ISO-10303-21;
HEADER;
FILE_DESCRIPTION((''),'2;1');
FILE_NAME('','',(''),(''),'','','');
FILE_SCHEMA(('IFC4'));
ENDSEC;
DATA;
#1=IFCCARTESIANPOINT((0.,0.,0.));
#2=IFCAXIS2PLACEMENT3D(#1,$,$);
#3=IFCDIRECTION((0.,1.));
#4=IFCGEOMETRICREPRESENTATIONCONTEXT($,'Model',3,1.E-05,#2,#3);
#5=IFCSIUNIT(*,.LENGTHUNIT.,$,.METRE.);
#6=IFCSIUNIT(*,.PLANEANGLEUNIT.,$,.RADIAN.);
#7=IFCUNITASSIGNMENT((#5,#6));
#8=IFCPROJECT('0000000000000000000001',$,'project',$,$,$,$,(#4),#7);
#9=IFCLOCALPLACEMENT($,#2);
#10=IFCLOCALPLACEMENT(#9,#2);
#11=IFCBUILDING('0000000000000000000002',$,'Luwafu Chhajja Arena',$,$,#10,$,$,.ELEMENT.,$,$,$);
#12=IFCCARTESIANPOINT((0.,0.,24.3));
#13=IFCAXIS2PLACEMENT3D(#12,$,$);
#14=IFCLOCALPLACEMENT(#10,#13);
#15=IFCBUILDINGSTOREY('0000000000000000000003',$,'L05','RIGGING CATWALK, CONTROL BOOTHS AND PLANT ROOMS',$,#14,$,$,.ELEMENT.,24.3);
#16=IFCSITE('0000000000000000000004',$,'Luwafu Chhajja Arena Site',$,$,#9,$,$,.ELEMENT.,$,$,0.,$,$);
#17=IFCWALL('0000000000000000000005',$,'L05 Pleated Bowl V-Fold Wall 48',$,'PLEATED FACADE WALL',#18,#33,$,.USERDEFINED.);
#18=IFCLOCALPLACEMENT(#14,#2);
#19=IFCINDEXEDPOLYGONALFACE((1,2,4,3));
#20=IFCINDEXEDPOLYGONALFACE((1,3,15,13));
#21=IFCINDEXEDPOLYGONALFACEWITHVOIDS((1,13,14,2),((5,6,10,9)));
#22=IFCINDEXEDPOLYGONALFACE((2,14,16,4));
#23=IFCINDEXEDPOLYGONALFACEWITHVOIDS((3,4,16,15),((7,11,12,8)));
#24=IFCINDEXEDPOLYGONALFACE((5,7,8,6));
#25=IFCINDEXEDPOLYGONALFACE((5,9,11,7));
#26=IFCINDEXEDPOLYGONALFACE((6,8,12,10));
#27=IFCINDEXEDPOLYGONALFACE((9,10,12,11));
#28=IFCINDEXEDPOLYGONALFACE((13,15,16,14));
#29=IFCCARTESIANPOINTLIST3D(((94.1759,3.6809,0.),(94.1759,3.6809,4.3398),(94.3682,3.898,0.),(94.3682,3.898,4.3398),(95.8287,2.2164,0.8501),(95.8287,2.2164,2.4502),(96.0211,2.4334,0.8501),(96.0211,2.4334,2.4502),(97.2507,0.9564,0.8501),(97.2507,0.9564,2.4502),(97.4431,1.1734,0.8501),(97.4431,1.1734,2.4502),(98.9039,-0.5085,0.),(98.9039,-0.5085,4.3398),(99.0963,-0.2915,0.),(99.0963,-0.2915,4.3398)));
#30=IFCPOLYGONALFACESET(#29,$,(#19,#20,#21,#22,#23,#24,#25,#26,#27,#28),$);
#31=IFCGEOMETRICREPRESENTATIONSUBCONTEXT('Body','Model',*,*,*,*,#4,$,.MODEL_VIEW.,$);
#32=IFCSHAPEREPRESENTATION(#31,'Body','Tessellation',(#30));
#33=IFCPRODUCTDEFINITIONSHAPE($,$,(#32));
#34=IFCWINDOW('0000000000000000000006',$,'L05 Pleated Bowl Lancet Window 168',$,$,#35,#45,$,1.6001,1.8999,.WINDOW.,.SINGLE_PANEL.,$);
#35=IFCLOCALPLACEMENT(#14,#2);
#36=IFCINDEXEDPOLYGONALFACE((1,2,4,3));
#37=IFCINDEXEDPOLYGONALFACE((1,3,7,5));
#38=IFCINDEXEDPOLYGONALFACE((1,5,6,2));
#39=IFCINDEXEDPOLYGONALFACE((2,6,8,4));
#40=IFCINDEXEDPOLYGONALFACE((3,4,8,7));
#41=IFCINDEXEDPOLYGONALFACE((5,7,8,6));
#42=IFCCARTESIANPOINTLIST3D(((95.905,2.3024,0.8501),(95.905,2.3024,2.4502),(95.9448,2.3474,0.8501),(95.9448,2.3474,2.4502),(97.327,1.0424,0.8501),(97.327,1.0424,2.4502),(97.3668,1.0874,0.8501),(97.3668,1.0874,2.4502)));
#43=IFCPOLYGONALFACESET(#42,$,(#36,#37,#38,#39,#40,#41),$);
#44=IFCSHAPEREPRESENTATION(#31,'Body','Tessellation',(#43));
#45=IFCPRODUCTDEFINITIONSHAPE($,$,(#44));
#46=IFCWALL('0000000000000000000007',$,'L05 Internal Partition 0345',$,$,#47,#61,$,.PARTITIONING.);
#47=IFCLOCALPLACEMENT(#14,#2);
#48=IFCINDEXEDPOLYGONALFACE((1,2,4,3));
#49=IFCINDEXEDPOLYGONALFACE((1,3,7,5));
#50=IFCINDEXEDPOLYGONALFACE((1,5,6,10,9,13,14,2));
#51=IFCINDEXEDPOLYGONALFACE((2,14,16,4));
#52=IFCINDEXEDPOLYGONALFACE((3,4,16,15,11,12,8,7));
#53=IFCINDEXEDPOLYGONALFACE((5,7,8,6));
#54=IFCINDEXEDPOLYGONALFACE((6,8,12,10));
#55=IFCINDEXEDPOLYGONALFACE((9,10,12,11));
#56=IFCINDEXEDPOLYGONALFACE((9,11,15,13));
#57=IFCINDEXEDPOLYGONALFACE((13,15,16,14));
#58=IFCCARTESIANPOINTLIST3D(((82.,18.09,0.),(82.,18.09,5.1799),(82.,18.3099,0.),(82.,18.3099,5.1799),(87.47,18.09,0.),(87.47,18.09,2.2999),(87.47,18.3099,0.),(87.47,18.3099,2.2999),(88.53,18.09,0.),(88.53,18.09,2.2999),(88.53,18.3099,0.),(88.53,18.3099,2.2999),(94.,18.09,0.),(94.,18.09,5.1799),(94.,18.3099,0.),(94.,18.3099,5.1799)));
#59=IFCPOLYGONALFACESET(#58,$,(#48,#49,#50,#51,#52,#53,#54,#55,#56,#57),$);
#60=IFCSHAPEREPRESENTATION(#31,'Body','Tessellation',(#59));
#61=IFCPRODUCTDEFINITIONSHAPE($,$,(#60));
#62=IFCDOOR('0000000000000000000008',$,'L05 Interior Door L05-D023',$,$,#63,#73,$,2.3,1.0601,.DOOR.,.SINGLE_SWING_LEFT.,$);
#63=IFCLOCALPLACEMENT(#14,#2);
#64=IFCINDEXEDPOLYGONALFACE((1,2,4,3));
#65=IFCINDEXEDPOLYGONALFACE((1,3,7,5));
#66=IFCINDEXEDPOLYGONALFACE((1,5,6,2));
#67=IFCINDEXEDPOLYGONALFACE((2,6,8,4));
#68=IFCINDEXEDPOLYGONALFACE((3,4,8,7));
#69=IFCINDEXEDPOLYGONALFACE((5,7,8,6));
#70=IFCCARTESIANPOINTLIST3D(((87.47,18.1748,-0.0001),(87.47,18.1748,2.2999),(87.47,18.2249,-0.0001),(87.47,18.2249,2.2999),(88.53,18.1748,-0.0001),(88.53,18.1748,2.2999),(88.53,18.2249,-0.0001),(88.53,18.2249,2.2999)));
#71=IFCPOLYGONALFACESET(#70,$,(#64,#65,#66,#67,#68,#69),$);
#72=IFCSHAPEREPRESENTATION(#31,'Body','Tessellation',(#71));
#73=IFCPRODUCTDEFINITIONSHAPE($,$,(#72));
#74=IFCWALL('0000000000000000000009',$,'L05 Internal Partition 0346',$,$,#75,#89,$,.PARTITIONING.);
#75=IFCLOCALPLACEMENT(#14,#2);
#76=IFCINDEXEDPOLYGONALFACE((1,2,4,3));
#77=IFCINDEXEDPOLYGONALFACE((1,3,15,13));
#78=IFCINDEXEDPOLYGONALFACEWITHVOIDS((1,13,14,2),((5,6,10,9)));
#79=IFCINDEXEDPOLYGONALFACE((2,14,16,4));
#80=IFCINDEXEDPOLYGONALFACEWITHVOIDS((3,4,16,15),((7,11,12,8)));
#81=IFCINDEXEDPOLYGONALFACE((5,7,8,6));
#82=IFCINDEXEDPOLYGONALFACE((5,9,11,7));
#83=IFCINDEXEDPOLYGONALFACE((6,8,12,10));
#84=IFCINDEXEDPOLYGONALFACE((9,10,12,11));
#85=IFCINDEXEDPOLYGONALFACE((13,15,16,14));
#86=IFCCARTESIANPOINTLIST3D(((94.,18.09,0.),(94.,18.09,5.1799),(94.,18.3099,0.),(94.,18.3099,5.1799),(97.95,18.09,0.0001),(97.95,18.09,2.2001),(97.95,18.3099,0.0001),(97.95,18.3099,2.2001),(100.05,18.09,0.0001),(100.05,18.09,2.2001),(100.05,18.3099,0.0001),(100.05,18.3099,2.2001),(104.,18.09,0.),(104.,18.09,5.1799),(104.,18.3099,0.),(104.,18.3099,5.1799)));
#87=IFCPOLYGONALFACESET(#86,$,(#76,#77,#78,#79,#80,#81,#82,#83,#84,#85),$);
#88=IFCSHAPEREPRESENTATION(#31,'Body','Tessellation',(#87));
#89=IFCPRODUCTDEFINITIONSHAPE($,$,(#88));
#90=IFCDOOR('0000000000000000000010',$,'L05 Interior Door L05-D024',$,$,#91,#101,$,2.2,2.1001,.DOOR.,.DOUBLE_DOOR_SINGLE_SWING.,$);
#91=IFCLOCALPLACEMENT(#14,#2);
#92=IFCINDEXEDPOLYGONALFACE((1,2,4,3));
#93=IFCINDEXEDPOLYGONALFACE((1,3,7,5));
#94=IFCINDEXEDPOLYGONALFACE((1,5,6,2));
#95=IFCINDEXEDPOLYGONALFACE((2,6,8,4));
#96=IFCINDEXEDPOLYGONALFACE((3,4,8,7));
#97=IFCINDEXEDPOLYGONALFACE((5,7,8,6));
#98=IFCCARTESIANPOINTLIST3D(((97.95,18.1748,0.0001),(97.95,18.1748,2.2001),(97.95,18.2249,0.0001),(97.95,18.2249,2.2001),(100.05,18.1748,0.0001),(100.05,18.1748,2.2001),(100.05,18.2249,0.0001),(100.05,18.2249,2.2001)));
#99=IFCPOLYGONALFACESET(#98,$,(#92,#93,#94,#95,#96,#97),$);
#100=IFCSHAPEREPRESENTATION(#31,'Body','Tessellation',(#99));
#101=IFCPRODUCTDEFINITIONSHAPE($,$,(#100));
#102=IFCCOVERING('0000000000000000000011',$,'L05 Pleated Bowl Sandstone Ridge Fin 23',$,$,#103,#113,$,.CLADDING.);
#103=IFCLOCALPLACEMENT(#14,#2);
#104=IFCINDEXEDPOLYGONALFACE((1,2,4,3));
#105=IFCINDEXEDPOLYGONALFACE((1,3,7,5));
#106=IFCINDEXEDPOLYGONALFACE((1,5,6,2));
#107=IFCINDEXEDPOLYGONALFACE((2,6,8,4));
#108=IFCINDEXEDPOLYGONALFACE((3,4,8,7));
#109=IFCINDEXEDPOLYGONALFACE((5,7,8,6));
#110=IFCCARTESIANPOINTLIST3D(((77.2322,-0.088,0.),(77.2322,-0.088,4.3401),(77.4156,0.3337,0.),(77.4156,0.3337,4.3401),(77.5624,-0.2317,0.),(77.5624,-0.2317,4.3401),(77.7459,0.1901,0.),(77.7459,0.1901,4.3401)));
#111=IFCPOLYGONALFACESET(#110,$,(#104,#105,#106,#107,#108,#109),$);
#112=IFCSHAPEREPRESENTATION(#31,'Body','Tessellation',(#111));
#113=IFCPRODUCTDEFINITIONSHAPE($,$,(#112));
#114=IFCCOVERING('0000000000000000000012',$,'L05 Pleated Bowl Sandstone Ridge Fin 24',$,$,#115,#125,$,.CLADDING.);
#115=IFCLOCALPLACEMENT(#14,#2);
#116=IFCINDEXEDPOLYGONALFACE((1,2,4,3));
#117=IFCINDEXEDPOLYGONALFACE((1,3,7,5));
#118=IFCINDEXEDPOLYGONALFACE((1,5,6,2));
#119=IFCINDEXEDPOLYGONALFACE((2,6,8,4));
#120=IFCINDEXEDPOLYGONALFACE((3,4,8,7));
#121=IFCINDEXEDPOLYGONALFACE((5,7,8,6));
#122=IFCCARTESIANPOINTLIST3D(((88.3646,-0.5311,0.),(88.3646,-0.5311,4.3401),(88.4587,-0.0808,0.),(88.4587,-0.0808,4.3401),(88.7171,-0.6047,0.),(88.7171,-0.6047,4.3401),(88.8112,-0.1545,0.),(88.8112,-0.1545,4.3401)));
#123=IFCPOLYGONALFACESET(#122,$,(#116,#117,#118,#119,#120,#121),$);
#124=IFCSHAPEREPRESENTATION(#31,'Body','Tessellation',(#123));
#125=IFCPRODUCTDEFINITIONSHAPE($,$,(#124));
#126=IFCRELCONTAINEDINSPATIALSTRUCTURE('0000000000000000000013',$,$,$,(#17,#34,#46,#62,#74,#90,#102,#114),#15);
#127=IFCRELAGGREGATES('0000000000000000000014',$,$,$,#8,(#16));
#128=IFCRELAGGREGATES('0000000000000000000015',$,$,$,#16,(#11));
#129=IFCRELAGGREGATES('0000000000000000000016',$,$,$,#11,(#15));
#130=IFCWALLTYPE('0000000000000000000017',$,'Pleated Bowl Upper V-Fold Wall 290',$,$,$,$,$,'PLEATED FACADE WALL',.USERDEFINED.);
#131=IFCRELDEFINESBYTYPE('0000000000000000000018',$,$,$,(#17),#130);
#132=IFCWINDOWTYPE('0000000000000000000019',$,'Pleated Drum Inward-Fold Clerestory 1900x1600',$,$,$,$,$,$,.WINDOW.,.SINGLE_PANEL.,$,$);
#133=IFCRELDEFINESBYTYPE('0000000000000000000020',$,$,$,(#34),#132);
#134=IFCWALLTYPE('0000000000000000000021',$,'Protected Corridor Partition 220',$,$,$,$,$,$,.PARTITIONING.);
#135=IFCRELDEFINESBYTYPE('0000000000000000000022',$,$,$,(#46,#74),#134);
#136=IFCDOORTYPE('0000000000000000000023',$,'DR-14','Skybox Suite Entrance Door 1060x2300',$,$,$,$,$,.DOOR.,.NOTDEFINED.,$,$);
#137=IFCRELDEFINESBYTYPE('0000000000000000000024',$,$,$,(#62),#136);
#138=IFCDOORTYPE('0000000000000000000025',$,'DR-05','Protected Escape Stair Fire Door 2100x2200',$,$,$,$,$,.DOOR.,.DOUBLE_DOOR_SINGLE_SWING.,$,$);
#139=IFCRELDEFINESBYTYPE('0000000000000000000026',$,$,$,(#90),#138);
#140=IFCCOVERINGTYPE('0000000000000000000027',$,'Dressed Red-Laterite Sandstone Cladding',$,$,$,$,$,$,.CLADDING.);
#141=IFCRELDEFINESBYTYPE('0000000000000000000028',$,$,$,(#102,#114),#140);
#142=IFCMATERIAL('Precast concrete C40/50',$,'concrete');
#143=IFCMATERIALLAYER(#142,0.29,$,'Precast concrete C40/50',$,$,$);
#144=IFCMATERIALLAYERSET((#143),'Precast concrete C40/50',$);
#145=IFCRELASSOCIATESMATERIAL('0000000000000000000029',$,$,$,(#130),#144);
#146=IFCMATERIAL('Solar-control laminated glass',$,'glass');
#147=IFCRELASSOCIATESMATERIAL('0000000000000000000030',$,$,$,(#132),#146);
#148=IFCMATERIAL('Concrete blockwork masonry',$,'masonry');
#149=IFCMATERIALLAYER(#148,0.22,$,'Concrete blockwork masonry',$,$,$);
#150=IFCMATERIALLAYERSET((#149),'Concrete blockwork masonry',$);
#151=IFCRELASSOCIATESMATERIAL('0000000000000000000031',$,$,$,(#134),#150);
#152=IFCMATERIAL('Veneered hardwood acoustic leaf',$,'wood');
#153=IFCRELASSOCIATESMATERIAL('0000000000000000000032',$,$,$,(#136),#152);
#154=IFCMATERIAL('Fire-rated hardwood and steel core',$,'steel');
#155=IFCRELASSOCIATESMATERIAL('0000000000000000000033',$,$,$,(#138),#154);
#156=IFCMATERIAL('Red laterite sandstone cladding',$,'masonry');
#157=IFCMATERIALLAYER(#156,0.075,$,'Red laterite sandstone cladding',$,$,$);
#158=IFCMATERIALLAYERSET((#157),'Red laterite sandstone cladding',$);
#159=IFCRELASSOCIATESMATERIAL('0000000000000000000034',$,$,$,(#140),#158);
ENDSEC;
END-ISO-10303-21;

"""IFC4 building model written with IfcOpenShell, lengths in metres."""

from ifc_helpers import new_model, si_unit, direction, frame, frame_2d, origin, origin_2d, place, context, subcontext, project, spatial, rectangle, extrude, material, layer, layer_set, type_object, element, fill, save


model = new_model("IFC4")

# Units and contexts
model_context = context("Model", 3, precision=1e-05, world=origin(), true_north=direction((0.0, 1.0)))
body_context = subcontext(model_context, "Body", "Model", "MODEL_VIEW")
ifc_project = project(units=[si_unit("LENGTHUNIT", "METRE"), si_unit("PLANEANGLEUNIT", "RADIAN")], contexts=[model_context])

# Site, building, storey
site_placement = place(None, origin())
site = spatial("IfcSite", under=ifc_project, at=site_placement, Name="Luwafu Chhajja Arena Site", CompositionType="ELEMENT", RefElevation=0.0)
building_placement = place(site_placement, origin())
building = spatial("IfcBuilding", under=site, at=building_placement, Name="Luwafu Chhajja Arena", CompositionType="ELEMENT")
storey_placement = place(building_placement, frame((0.0, 0.0, 24.3)))
storey = spatial("IfcBuildingStorey", under=building, at=storey_placement, Name="L05", Description="RIGGING CATWALK, CONTROL BOOTHS AND PLANT ROOMS", CompositionType="ELEMENT", Elevation=24.3)

# Wall, opening, window
ifc_material_1 = material(Name="Precast concrete C40/50", Category="concrete")
ifc_layer_1 = layer(ifc_material_1, 0.29, Name="Precast concrete C40/50")
ifc_layer_set_1 = layer_set([ifc_layer_1], Name="Precast concrete C40/50")
wall_type_1 = type_object("IfcWallType", Name="Pleated Bowl Upper V-Fold Wall 290", ElementType="PLEATED FACADE WALL", PredefinedType="USERDEFINED", material=ifc_layer_set_1)
ifc_material_2 = material(Name="Solar-control laminated glass", Category="glass")
window_type_1 = type_object("IfcWindowType", Name="Pleated Drum Inward-Fold Clerestory 1900x1600", PartitioningType="SINGLE_PANEL", PredefinedType="WINDOW", material=ifc_material_2)
wall_1_placement = place(storey_placement, frame((94.272, 3.7896, 0.0), z_axis=(0.0, 0.0, 1.0), x_axis=(0.748449, -0.663192, 0.0)))
wall_1 = element("IfcWall", 1, at=wall_1_placement, inside=storey, type_object=wall_type_1, Name="L05 Pleated Bowl V-Fold Wall 48", ObjectType="PLEATED FACADE WALL", PredefinedType="USERDEFINED", context=body_context, shape_type="SweptSolid", body=[
    extrude(rectangle(XDim=6.3171, YDim=0.29, at=frame_2d((3.1587, 0.0))), origin(), (0.0, 0.0, 1.0), 4.3398),
])
opening_1_placement = place(wall_1_placement, frame((2.2085, 0.0, 0.8501)))
opening_1 = element("IfcOpeningElement", 2, at=opening_1_placement, cuts=wall_1, PredefinedType="OPENING", context=body_context, shape_type="SweptSolid", body=[
    extrude(rectangle(XDim=1.8999, YDim=1.6001, at=frame_2d((0.95, 0.8))), frame((0.0, 0.155, 0.0), z_axis=(0.0, -1.0, 0.0), x_axis=(1.0, 0.0, 0.0)), (0.0, 0.0, 1.0), 0.3101),
])
window_1_placement = place(opening_1_placement, origin())
window_1 = element("IfcWindow", 3, at=window_1_placement, inside=storey, type_object=window_type_1, Name="L05 Pleated Bowl Lancet Window 168", OverallHeight=1.6001, OverallWidth=1.8999, PartitioningType="SINGLE_PANEL", PredefinedType="WINDOW", context=body_context, shape_type="SweptSolid", body=[
    extrude(rectangle(XDim=1.8999, YDim=1.6001, at=frame_2d((0.95, 0.8))), frame((0.0, 0.03, 0.0), z_axis=(0.0, -1.0, 0.0), x_axis=(1.0, 0.0, 0.0)), (0.0, 0.0, 1.0), 0.0601),
])
fill(opening_1, window_1)

# Walls, openings, doors
ifc_material_3 = material(Name="Concrete blockwork masonry", Category="masonry")
ifc_layer_2 = layer(ifc_material_3, 0.22, Name="Concrete blockwork masonry")
ifc_layer_set_2 = layer_set([ifc_layer_2], Name="Concrete blockwork masonry")
wall_type_2 = type_object("IfcWallType", Name="Protected Corridor Partition 220", PredefinedType="PARTITIONING", material=ifc_layer_set_2)
wall_2_placement = place(storey_placement, frame((82.0, 18.2, 0.0), z_axis=(0.0, 0.0, 1.0), x_axis=(1.0, 0.0, 0.0)))
wall_2 = element("IfcWall", 4, at=wall_2_placement, inside=storey, type_object=wall_type_2, Name="L05 Internal Partition 0345", PredefinedType="PARTITIONING", context=body_context, shape_type="SweptSolid", body=[
    extrude(rectangle(XDim=12.0, YDim=0.22, at=frame_2d((6.0, 0.0))), origin(), (0.0, 0.0, 1.0), 5.1799),
])
opening_2_placement = place(wall_2_placement, frame((5.47, 0.0, 0.0)))
opening_2 = element("IfcOpeningElement", 5, at=opening_2_placement, cuts=wall_2, PredefinedType="OPENING", context=body_context, shape_type="SweptSolid", body=[
    extrude(rectangle(XDim=1.0601, YDim=2.3, at=frame_2d((0.53, 1.1499))), frame((0.0, 0.1199, 0.0), z_axis=(0.0, -1.0, 0.0), x_axis=(1.0, 0.0, 0.0)), (0.0, 0.0, 1.0), 0.24),
])
ifc_material_4 = material(Name="Veneered hardwood acoustic leaf", Category="wood")
door_type_1 = type_object("IfcDoorType", Name="DR-14", Description="Skybox Suite Entrance Door 1060x2300", OperationType="NOTDEFINED", PredefinedType="DOOR", material=ifc_material_4)
door_1_placement = place(opening_2_placement, origin())
door_1 = element("IfcDoor", 6, at=door_1_placement, inside=storey, type_object=door_type_1, Name="L05 Interior Door L05-D023", OperationType="SINGLE_SWING_LEFT", OverallHeight=2.3, OverallWidth=1.0601, PredefinedType="DOOR", context=body_context, shape_type="SweptSolid", body=[
    extrude(rectangle(XDim=1.0601, YDim=2.3, at=frame_2d((0.53, 1.1499))), frame((0.0, 0.0249, 0.0), z_axis=(0.0, -1.0, 0.0), x_axis=(1.0, 0.0, 0.0)), (0.0, 0.0, 1.0), 0.05),
])
fill(opening_2, door_1)
wall_3_placement = place(storey_placement, frame((94.0, 18.2, 0.0), z_axis=(0.0, 0.0, 1.0), x_axis=(1.0, 0.0, 0.0)))
wall_3 = element("IfcWall", 7, at=wall_3_placement, inside=storey, type_object=wall_type_2, Name="L05 Internal Partition 0346", PredefinedType="PARTITIONING", context=body_context, shape_type="SweptSolid", body=[
    extrude(rectangle(XDim=10.0, YDim=0.22, at=frame_2d((5.0, 0.0))), origin(), (0.0, 0.0, 1.0), 5.1799),
])
opening_3_placement = place(wall_3_placement, frame((3.95, 0.0, 0.0)))
opening_3 = element("IfcOpeningElement", 8, at=opening_3_placement, cuts=wall_3, PredefinedType="OPENING", context=body_context, shape_type="SweptSolid", body=[
    extrude(rectangle(XDim=2.1001, YDim=2.2, at=frame_2d((1.05, 1.1001))), frame((0.0, 0.1199, 0.0), z_axis=(0.0, -1.0, 0.0), x_axis=(1.0, 0.0, 0.0)), (0.0, 0.0, 1.0), 0.24),
])
ifc_material_5 = material(Name="Fire-rated hardwood and steel core", Category="steel")
door_type_2 = type_object("IfcDoorType", Name="DR-05", Description="Protected Escape Stair Fire Door 2100x2200", OperationType="DOUBLE_DOOR_SINGLE_SWING", PredefinedType="DOOR", material=ifc_material_5)
door_2_placement = place(opening_3_placement, origin())
door_2 = element("IfcDoor", 9, at=door_2_placement, inside=storey, type_object=door_type_2, Name="L05 Interior Door L05-D024", OperationType="DOUBLE_DOOR_SINGLE_SWING", OverallHeight=2.2, OverallWidth=2.1001, PredefinedType="DOOR", context=body_context, shape_type="SweptSolid", body=[
    extrude(rectangle(XDim=2.1001, YDim=2.2, at=frame_2d((1.05, 1.1001))), frame((0.0, 0.0249, 0.0), z_axis=(0.0, -1.0, 0.0), x_axis=(1.0, 0.0, 0.0)), (0.0, 0.0, 1.0), 0.05),
])
fill(opening_3, door_2)

# Coverings
ifc_material_6 = material(Name="Red laterite sandstone cladding", Category="masonry")
ifc_layer_3 = layer(ifc_material_6, 0.075, Name="Red laterite sandstone cladding")
ifc_layer_set_3 = layer_set([ifc_layer_3], Name="Red laterite sandstone cladding")
covering_type = type_object("IfcCoveringType", Name="Dressed Red-Laterite Sandstone Cladding", PredefinedType="CLADDING", material=ifc_layer_set_3)
for number, where, z_axis, x_axis, name in (
    (10, (77.489, 0.051, 0.0), (0.0, 0.0, 1.0), (-0.398903, -0.916993, 0.0), "L05 Pleated Bowl Sandstone Ridge Fin 23"),
    (11, (88.5879, -0.3428, 0.0), (0.0, 0.0, 1.0), (-0.204485, -0.97887, 0.0), "L05 Pleated Bowl Sandstone Ridge Fin 24"),
):
    element("IfcCovering", number, at=place(storey_placement, frame(where, z_axis=z_axis, x_axis=x_axis)), inside=storey, type_object=covering_type, Name=name, PredefinedType="CLADDING", context=body_context, shape_type="SweptSolid", body=[
        extrude(rectangle(XDim=0.46, YDim=0.3601, at=origin_2d()), origin(), (0.0, 0.0, 1.0), 4.3401),
    ])

save(model, "model.ifc")
